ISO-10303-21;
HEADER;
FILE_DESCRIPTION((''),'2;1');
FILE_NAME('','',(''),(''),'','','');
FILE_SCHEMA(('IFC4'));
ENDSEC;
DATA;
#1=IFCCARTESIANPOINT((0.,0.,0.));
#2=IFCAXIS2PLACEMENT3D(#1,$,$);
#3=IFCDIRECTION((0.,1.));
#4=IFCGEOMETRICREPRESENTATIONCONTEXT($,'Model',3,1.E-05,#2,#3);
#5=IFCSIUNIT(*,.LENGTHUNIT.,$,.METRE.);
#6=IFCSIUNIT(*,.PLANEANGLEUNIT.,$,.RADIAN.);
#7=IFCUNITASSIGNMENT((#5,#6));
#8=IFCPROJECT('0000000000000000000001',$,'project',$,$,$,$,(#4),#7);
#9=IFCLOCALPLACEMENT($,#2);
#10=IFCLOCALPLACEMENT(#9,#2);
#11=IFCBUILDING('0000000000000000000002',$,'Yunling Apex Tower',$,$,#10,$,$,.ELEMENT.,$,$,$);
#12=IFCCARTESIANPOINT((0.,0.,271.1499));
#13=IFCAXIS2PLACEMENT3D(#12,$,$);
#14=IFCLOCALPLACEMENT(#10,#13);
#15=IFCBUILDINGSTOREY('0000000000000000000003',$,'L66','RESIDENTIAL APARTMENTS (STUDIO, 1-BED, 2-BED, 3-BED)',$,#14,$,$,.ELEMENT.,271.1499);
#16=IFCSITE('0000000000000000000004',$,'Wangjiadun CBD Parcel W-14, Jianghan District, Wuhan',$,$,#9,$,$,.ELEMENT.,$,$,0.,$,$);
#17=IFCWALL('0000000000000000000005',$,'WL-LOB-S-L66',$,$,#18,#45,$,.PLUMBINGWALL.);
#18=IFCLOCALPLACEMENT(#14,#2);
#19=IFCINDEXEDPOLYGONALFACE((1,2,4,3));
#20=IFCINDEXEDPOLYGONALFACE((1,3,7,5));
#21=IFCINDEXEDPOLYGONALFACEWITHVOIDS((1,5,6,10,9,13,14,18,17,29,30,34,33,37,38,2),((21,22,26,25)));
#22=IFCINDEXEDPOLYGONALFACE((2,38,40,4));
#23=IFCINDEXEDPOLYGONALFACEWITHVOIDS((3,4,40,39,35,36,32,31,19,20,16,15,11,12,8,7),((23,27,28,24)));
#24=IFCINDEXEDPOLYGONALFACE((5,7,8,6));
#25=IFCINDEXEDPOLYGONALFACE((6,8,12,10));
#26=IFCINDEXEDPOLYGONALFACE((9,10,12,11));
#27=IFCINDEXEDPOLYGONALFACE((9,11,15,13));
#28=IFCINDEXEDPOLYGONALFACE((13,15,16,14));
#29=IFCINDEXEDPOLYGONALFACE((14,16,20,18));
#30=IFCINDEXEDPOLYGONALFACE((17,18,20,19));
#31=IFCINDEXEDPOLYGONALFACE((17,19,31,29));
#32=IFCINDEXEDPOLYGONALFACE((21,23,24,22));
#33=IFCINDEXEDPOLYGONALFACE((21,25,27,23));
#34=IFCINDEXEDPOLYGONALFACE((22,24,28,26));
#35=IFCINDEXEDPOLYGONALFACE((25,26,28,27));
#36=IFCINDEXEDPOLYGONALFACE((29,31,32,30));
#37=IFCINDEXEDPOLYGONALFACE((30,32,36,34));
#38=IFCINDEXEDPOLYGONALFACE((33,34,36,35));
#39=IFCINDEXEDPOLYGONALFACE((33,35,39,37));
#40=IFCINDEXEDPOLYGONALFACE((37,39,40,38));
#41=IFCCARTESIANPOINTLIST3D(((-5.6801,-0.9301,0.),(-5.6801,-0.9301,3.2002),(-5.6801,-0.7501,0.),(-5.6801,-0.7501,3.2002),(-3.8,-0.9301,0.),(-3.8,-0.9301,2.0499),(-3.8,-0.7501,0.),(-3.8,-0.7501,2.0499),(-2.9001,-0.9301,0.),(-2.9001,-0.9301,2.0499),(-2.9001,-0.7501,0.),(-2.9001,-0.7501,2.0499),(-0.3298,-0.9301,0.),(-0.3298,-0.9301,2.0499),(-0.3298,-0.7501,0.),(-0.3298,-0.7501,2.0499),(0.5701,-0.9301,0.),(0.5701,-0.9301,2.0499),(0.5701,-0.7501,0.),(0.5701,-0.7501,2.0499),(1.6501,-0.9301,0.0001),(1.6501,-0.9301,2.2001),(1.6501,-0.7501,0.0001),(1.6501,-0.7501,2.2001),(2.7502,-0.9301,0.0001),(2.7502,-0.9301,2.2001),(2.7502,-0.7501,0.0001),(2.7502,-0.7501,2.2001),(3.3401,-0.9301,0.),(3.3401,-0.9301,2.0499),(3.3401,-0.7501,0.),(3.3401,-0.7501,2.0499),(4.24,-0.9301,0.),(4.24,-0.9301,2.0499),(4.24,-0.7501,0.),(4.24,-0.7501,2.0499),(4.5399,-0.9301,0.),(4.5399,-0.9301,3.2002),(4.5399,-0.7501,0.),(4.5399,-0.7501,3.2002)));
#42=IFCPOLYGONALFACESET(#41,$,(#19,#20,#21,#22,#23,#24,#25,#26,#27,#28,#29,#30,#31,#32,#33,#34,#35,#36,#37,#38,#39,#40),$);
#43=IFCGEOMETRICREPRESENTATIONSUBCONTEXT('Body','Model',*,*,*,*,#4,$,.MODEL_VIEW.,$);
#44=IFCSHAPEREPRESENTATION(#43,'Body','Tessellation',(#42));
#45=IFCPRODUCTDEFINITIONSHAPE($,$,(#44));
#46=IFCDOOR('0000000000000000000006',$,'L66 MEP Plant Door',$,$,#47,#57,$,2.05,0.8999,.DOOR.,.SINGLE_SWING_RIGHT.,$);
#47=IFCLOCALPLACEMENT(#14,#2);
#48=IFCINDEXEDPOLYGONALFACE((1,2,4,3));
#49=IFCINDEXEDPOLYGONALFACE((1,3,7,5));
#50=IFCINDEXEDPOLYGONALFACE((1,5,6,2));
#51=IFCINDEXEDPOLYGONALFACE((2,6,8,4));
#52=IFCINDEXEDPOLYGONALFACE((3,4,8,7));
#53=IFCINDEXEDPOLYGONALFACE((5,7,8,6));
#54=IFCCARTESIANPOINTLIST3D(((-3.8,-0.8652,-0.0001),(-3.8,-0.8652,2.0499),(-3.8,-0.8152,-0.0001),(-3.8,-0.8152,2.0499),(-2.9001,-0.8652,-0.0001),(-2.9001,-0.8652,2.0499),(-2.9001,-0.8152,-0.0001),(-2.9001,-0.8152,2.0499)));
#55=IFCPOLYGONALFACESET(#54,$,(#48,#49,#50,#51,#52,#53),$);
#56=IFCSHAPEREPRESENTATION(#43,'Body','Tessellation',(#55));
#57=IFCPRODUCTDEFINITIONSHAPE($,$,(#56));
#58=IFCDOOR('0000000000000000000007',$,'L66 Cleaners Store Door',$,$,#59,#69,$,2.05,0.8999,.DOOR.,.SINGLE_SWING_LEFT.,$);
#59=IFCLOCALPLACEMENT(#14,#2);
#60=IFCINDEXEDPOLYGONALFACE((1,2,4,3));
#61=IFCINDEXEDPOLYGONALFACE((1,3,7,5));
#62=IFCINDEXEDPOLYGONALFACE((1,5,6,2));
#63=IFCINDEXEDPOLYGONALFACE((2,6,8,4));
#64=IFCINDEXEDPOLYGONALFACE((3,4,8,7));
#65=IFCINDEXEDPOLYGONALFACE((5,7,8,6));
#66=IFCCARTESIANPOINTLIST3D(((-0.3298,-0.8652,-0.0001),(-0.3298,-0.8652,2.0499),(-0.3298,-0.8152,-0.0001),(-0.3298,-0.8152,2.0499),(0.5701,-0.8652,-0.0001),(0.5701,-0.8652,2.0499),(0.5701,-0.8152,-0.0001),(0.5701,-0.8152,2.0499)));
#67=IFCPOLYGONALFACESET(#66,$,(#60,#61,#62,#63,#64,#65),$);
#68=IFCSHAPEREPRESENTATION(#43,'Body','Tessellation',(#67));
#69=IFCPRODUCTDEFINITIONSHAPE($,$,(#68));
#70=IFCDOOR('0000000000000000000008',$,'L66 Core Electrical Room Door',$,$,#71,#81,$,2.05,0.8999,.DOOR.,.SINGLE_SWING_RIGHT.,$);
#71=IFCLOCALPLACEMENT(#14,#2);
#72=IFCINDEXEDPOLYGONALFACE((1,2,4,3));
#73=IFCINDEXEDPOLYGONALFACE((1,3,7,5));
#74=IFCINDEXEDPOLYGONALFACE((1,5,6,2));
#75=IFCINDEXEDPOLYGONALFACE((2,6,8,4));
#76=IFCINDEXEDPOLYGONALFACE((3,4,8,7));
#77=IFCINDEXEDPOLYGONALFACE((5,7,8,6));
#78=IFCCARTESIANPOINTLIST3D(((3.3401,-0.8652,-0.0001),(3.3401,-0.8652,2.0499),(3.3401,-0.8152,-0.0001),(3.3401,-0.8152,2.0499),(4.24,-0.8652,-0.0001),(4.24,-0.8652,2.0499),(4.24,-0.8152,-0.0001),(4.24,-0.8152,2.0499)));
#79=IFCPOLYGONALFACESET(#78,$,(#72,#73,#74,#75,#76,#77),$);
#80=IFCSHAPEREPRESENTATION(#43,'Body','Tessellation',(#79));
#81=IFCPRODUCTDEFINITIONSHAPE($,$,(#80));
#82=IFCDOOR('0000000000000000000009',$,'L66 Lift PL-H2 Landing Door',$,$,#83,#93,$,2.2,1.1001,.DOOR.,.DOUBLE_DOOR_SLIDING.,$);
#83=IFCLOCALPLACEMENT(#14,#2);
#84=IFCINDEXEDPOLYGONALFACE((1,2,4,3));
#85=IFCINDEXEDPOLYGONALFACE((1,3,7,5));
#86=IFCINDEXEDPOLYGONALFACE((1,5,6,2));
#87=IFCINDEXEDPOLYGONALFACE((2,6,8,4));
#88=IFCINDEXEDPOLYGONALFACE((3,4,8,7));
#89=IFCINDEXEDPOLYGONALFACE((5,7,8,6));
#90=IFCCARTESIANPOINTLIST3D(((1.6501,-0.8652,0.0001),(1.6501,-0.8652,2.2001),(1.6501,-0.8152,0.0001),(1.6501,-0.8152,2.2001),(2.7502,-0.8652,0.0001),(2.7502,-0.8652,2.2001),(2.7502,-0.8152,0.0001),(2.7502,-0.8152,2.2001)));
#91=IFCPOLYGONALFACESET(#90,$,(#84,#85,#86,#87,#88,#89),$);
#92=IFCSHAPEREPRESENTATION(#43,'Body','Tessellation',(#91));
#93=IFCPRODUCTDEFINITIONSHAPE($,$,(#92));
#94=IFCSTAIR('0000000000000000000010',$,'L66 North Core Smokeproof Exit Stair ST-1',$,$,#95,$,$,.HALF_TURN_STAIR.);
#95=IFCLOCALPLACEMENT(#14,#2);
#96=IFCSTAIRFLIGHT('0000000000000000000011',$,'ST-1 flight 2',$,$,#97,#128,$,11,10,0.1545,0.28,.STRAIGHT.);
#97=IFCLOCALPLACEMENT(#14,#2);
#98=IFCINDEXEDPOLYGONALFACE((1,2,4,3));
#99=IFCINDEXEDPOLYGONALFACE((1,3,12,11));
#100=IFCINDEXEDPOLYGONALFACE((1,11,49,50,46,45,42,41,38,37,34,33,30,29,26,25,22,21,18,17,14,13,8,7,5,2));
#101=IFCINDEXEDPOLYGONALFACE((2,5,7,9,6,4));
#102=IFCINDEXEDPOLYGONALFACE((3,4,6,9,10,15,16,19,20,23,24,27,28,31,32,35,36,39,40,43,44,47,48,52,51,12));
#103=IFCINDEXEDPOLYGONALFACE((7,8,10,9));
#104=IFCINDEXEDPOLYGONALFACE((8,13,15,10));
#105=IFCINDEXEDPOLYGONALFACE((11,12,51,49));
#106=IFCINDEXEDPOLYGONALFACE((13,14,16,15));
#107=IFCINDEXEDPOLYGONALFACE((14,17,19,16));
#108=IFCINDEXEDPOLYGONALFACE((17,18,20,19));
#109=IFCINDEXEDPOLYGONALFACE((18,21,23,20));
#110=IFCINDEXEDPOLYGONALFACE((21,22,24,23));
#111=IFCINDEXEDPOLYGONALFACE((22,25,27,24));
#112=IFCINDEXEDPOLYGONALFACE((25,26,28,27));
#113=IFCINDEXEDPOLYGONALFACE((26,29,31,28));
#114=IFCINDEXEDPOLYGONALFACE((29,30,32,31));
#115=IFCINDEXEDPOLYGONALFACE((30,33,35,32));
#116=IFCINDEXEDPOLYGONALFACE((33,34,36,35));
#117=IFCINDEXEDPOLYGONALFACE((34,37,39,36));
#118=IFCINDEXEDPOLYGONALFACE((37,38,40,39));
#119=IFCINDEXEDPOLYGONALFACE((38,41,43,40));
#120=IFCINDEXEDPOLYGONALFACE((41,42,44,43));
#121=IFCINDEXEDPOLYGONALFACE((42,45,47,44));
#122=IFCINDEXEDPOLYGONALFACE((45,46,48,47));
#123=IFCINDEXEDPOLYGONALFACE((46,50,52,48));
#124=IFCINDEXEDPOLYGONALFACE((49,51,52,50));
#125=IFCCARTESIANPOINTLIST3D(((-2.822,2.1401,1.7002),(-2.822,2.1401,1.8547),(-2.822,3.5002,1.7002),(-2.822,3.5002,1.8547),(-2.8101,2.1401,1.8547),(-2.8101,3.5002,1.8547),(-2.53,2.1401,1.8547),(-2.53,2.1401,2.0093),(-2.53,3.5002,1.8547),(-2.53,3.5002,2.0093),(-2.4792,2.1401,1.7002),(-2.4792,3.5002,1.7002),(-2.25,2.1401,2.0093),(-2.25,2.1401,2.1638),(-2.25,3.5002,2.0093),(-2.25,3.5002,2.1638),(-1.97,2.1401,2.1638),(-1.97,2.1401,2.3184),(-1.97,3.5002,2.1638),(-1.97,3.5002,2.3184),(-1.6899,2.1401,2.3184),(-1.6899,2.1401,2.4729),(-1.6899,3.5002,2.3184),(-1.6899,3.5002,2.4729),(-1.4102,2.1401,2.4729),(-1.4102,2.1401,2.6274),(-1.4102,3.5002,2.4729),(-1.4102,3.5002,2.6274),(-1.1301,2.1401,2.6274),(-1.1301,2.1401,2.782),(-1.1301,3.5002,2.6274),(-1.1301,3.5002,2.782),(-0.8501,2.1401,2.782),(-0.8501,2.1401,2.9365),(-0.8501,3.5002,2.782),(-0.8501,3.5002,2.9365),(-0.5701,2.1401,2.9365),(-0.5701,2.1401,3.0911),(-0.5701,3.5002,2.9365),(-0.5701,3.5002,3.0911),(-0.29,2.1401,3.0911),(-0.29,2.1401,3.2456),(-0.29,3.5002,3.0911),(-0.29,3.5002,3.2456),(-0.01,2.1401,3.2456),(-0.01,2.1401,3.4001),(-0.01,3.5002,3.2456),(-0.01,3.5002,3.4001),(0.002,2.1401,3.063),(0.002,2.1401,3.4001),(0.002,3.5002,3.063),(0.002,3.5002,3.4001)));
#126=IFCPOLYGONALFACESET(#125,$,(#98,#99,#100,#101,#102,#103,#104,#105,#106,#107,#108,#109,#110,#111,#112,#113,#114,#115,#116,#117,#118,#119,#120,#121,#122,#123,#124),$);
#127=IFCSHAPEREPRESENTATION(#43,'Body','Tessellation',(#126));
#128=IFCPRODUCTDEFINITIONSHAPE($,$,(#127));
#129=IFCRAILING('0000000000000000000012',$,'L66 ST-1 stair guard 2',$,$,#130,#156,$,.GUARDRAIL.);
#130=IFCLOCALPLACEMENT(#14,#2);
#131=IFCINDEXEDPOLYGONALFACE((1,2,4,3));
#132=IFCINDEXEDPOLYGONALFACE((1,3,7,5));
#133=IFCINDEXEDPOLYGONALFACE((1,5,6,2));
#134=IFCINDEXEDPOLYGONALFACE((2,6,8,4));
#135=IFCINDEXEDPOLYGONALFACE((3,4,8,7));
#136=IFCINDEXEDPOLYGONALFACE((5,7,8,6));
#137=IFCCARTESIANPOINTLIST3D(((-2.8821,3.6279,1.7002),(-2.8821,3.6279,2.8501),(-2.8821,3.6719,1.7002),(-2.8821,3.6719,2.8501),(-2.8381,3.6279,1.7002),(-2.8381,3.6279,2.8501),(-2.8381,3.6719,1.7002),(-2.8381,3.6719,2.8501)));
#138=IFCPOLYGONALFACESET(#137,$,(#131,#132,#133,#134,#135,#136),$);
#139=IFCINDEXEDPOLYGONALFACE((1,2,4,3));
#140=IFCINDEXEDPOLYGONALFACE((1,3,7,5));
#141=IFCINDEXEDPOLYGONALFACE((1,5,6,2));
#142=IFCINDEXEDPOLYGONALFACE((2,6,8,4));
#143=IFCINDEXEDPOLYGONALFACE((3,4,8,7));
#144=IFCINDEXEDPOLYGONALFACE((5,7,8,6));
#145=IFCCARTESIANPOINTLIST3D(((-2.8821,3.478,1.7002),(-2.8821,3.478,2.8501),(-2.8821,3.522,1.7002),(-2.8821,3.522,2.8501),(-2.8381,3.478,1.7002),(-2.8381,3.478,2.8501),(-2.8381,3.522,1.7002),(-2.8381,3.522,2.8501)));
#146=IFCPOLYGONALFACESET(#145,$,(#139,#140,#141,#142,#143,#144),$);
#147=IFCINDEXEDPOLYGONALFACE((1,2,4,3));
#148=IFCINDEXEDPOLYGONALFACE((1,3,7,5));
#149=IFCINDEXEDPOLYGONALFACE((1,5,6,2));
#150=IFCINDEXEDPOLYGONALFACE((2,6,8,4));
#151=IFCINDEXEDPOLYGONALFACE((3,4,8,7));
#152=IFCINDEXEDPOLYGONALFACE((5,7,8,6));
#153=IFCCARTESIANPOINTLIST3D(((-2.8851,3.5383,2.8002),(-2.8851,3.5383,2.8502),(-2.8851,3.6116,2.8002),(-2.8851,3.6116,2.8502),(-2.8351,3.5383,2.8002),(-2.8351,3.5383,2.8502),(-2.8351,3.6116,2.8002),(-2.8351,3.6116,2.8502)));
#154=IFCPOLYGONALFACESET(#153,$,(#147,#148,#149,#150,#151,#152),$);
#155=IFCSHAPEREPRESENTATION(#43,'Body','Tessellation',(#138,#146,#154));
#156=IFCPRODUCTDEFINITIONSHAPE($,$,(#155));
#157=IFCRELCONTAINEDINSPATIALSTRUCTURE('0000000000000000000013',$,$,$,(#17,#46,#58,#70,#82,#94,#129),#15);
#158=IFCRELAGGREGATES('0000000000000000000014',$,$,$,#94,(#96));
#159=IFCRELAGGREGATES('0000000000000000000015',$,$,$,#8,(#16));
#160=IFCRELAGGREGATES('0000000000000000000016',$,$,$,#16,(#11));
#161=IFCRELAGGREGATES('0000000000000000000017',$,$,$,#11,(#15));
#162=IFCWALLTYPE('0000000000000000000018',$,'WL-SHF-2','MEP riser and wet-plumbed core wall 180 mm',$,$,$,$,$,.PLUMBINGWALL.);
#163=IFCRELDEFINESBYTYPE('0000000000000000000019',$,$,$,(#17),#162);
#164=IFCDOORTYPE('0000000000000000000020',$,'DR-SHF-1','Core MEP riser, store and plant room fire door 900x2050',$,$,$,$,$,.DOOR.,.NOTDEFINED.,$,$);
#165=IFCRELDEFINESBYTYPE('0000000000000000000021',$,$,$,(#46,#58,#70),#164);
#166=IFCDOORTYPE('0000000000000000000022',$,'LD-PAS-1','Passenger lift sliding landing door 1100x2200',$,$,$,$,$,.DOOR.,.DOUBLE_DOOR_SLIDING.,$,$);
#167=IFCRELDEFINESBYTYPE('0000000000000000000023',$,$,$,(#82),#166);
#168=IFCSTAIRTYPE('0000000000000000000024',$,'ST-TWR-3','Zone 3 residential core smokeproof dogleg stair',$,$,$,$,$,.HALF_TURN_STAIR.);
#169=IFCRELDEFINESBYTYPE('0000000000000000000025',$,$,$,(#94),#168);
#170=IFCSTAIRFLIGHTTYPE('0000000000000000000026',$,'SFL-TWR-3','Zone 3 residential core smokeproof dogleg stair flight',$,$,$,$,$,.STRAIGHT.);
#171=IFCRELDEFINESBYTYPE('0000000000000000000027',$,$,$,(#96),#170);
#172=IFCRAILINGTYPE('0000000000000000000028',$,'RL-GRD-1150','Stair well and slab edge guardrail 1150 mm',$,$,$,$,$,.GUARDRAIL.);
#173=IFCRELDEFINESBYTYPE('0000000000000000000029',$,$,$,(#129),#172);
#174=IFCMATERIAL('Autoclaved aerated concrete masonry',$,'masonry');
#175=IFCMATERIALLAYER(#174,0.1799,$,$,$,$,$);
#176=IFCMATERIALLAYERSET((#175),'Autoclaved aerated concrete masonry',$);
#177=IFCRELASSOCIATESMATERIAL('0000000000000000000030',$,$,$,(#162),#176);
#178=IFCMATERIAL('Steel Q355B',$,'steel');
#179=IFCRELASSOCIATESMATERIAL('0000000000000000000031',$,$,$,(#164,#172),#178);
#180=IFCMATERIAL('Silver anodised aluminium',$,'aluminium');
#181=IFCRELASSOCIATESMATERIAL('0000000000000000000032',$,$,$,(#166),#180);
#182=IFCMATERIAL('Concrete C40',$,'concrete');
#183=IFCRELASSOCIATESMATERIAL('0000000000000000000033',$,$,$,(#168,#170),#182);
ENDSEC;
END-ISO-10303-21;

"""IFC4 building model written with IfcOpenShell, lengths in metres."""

from ifc_helpers import new_model, si_unit, direction, frame, frame_2d, origin, origin_2d, place, context, subcontext, project, spatial, polyline, rectangle, outline, extrude, material, layer, layer_set, type_object, element, fill, aggregate, save


model = new_model("IFC4")

# Units and contexts
model_context = context("Model", 3, precision=1e-05, world=origin(), true_north=direction((0.0, 1.0)))
body_context = subcontext(model_context, "Body", "Model", "MODEL_VIEW")
ifc_project = project(units=[si_unit("LENGTHUNIT", "METRE"), si_unit("PLANEANGLEUNIT", "RADIAN")], contexts=[model_context])

# Site, building, storey
site_placement = place(None, origin())
site = spatial("IfcSite", under=ifc_project, at=site_placement, Name="Wangjiadun CBD Parcel W-14, Jianghan District, Wuhan", CompositionType="ELEMENT", RefElevation=0.0)
building_placement = place(site_placement, origin())
building = spatial("IfcBuilding", under=site, at=building_placement, Name="Yunling Apex Tower", CompositionType="ELEMENT")
storey_placement = place(building_placement, frame((0.0, 0.0, 271.1499)))
storey = spatial("IfcBuildingStorey", under=building, at=storey_placement, Name="L66", Description="RESIDENTIAL APARTMENTS (STUDIO, 1-BED, 2-BED, 3-BED)", CompositionType="ELEMENT", Elevation=271.1499)

# Shared definitions
ifc_material_1 = material(Name="Steel Q355B", Category="steel")

# Shared definitions
ifc_material_2 = material(Name="Concrete C40", Category="concrete")

# Shared definitions
ifc_material_3 = material(Name="Autoclaved aerated concrete masonry", Category="masonry")

# Wall, openings, doors
ifc_layer_1 = layer(ifc_material_3, 0.1799)
ifc_layer_set_1 = layer_set([ifc_layer_1], Name="Autoclaved aerated concrete masonry")
wall_type_1 = type_object("IfcWallType", Name="WL-SHF-2", Description="MEP riser and wet-plumbed core wall 180 mm", PredefinedType="PLUMBINGWALL", material=ifc_layer_set_1)
door_type_1 = type_object("IfcDoorType", Name="DR-SHF-1", Description="Core MEP riser, store and plant room fire door 900x2050", OperationType="NOTDEFINED", PredefinedType="DOOR", material=ifc_material_1)
ifc_material_4 = material(Name="Silver anodised aluminium", Category="aluminium")
door_type_2 = type_object("IfcDoorType", Name="LD-PAS-1", Description="Passenger lift sliding landing door 1100x2200", OperationType="DOUBLE_DOOR_SLIDING", PredefinedType="DOOR", material=ifc_material_4)
wall_1_placement = place(storey_placement, frame((-5.6799, -0.8401, 0.0), z_axis=(0.0, 0.0, 1.0), x_axis=(1.0, 0.0, 0.0)))
wall_1 = element("IfcWall", 1, at=wall_1_placement, inside=storey, type_object=wall_type_1, Name="WL-LOB-S-L66", PredefinedType="PLUMBINGWALL", context=body_context, shape_type="SweptSolid", body=[
    extrude(rectangle(XDim=10.22, YDim=0.1799, at=frame_2d((5.1099, 0.0))), origin(), (0.0, 0.0, 1.0), 3.2002),
])
opening_1_placement = place(wall_1_placement, frame((1.8799, 0.0, 0.0)))
opening_1 = element("IfcOpeningElement", 2, at=opening_1_placement, cuts=wall_1, PredefinedType="OPENING", context=body_context, shape_type="SweptSolid", body=[
    extrude(rectangle(XDim=0.8999, YDim=2.05, at=frame_2d((0.45, 1.0249))), frame((0.0, 0.1001, 0.0), z_axis=(0.0, -1.0, 0.0), x_axis=(1.0, 0.0, 0.0)), (0.0, 0.0, 1.0), 0.2),
])
opening_2_placement = place(wall_1_placement, frame((5.3501, 0.0, 0.0)))
opening_2 = element("IfcOpeningElement", 3, at=opening_2_placement, cuts=wall_1, PredefinedType="OPENING", context=body_context, shape_type="SweptSolid", body=[
    extrude(rectangle(XDim=0.8999, YDim=2.05, at=frame_2d((0.45, 1.0249))), frame((0.0, 0.1001, 0.0), z_axis=(0.0, -1.0, 0.0), x_axis=(1.0, 0.0, 0.0)), (0.0, 0.0, 1.0), 0.2),
])
opening_3_placement = place(wall_1_placement, frame((7.3301, 0.0, 0.0)))
opening_3 = element("IfcOpeningElement", 4, at=opening_3_placement, cuts=wall_1, PredefinedType="OPENING", context=body_context, shape_type="SweptSolid", body=[
    extrude(rectangle(XDim=1.1001, YDim=2.2, at=frame_2d((0.55, 1.1001))), frame((0.0, 0.1001, 0.0), z_axis=(0.0, -1.0, 0.0), x_axis=(1.0, 0.0, 0.0)), (0.0, 0.0, 1.0), 0.2),
])
opening_4_placement = place(wall_1_placement, frame((9.02, 0.0, 0.0)))
opening_4 = element("IfcOpeningElement", 5, at=opening_4_placement, cuts=wall_1, PredefinedType="OPENING", context=body_context, shape_type="SweptSolid", body=[
    extrude(rectangle(XDim=0.8999, YDim=2.05, at=frame_2d((0.45, 1.0249))), frame((0.0, 0.1001, 0.0), z_axis=(0.0, -1.0, 0.0), x_axis=(1.0, 0.0, 0.0)), (0.0, 0.0, 1.0), 0.2),
])
door_1_placement = place(opening_1_placement, origin())
door_1 = element("IfcDoor", 6, at=door_1_placement, inside=storey, type_object=door_type_1, Name="L66 MEP Plant Door", OperationType="SINGLE_SWING_RIGHT", OverallHeight=2.05, OverallWidth=0.8999, PredefinedType="DOOR", context=body_context, shape_type="SweptSolid", body=[
    extrude(rectangle(XDim=0.8999, YDim=2.05, at=frame_2d((0.45, 1.0249))), frame((0.0, 0.0249, 0.0), z_axis=(0.0, -1.0, 0.0), x_axis=(1.0, 0.0, 0.0)), (0.0, 0.0, 1.0), 0.05),
])
fill(opening_1, door_1)
door_2_placement = place(opening_2_placement, origin())
door_2 = element("IfcDoor", 7, at=door_2_placement, inside=storey, type_object=door_type_1, Name="L66 Cleaners Store Door", OperationType="SINGLE_SWING_LEFT", OverallHeight=2.05, OverallWidth=0.8999, PredefinedType="DOOR", context=body_context, shape_type="SweptSolid", body=[
    extrude(rectangle(XDim=0.8999, YDim=2.05, at=frame_2d((0.45, 1.0249))), frame((0.0, 0.0249, 0.0), z_axis=(0.0, -1.0, 0.0), x_axis=(1.0, 0.0, 0.0)), (0.0, 0.0, 1.0), 0.05),
])
fill(opening_2, door_2)
door_3_placement = place(opening_4_placement, origin())
door_3 = element("IfcDoor", 8, at=door_3_placement, inside=storey, type_object=door_type_1, Name="L66 Core Electrical Room Door", OperationType="SINGLE_SWING_RIGHT", OverallHeight=2.05, OverallWidth=0.8999, PredefinedType="DOOR", context=body_context, shape_type="SweptSolid", body=[
    extrude(rectangle(XDim=0.8999, YDim=2.05, at=frame_2d((0.45, 1.0249))), frame((0.0, 0.0249, 0.0), z_axis=(0.0, -1.0, 0.0), x_axis=(1.0, 0.0, 0.0)), (0.0, 0.0, 1.0), 0.05),
])
fill(opening_4, door_3)
door_4_placement = place(opening_3_placement, origin())
door_4 = element("IfcDoor", 9, at=door_4_placement, inside=storey, type_object=door_type_2, Name="L66 Lift PL-H2 Landing Door", OperationType="DOUBLE_DOOR_SLIDING", OverallHeight=2.2, OverallWidth=1.1001, PredefinedType="DOOR", context=body_context, shape_type="SweptSolid", body=[
    extrude(rectangle(XDim=1.1001, YDim=2.2, at=frame_2d((0.55, 1.1001))), frame((0.0, 0.0249, 0.0), z_axis=(0.0, -1.0, 0.0), x_axis=(1.0, 0.0, 0.0)), (0.0, 0.0, 1.0), 0.05),
])
fill(opening_3, door_4)

# Stair, stair flight
stair_type = type_object("IfcStairType", Name="ST-TWR-3", Description="Zone 3 residential core smokeproof dogleg stair", PredefinedType="HALF_TURN_STAIR", material=ifc_material_2)
stair_placement = place(storey_placement, origin())
stair = element("IfcStair", 10, at=stair_placement, inside=storey, type_object=stair_type, Name="L66 North Core Smokeproof Exit Stair ST-1", PredefinedType="HALF_TURN_STAIR")
stair_flight_type = type_object("IfcStairFlightType", Name="SFL-TWR-3", Description="Zone 3 residential core smokeproof dogleg stair flight", PredefinedType="STRAIGHT", material=ifc_material_2)
stair_flight_placement = place(storey_placement, frame((-2.8101, 2.8201, 1.7002), z_axis=(0.0, 0.0, 1.0), x_axis=(1.0, 0.0, 0.0)))
stair_flight = element("IfcStairFlight", 11, at=stair_flight_placement, type_object=stair_flight_type, Name="ST-1 flight 2", NumberOfRisers=11, NumberOfTreads=10, PredefinedType="STRAIGHT", RiserHeight=0.1545, TreadLength=0.28, context=body_context, shape_type="SweptSolid", body=[
    extrude(outline(polyline([(-0.012, 0.0), (-0.012, 0.1545), (0.0, 0.1545), (0.28, 0.1545), (0.28, 0.3091), (0.5601, 0.3091), (0.5601, 0.4636), (0.8401, 0.4636), (0.8401, 0.6182), (1.1201, 0.6182), (1.1201, 0.7727), (1.3999, 0.7727), (1.3999, 0.9272), (1.6799, 0.9272), (1.6799, 1.0818), (1.96, 1.0818), (1.96, 1.2363), (2.24, 1.2363), (2.24, 1.3909), (2.52, 1.3909), (2.52, 1.5454), (2.8, 1.5454), (2.8, 1.7), (2.812, 1.7), (2.812, 1.3628), (0.3308, 0.0), (-0.012, 0.0)])), frame((0.0, 0.6802, 0.0), z_axis=(0.0, -1.0, 0.0), x_axis=(1.0, 0.0, 0.0)), (0.0, 0.0, 1.0), 1.3601),
])
aggregate(stair, [stair_flight])

# Railing
railing_type = type_object("IfcRailingType", Name="RL-GRD-1150", Description="Stair well and slab edge guardrail 1150 mm", PredefinedType="GUARDRAIL", material=ifc_material_1)
railing_placement = place(storey_placement, frame((-2.8601, 3.6499, 1.7002)))
element("IfcRailing", 12, at=railing_placement, inside=storey, type_object=railing_type, Name="L66 ST-1 stair guard 2", PredefinedType="GUARDRAIL", context=body_context, shape_type="SweptSolid", body=[
    extrude(rectangle(XDim=0.0439, YDim=0.0439, at=origin_2d()), origin(), (0.0, 0.0, 1.0), 1.1499),
    extrude(rectangle(XDim=0.0439, YDim=0.0439, at=origin_2d()), frame((0.0, -0.1499, 0.0)), (0.0, 0.0, 1.0), 1.1499),
    extrude(rectangle(XDim=0.05, YDim=0.05, at=origin_2d()), frame((0.0, -0.0383, 1.125), z_axis=(0.0, -1.0, 0.0), x_axis=(1.0, 0.0, 0.0)), (0.0, 0.0, 1.0), 0.0732),
])

save(model, "model.ifc")
